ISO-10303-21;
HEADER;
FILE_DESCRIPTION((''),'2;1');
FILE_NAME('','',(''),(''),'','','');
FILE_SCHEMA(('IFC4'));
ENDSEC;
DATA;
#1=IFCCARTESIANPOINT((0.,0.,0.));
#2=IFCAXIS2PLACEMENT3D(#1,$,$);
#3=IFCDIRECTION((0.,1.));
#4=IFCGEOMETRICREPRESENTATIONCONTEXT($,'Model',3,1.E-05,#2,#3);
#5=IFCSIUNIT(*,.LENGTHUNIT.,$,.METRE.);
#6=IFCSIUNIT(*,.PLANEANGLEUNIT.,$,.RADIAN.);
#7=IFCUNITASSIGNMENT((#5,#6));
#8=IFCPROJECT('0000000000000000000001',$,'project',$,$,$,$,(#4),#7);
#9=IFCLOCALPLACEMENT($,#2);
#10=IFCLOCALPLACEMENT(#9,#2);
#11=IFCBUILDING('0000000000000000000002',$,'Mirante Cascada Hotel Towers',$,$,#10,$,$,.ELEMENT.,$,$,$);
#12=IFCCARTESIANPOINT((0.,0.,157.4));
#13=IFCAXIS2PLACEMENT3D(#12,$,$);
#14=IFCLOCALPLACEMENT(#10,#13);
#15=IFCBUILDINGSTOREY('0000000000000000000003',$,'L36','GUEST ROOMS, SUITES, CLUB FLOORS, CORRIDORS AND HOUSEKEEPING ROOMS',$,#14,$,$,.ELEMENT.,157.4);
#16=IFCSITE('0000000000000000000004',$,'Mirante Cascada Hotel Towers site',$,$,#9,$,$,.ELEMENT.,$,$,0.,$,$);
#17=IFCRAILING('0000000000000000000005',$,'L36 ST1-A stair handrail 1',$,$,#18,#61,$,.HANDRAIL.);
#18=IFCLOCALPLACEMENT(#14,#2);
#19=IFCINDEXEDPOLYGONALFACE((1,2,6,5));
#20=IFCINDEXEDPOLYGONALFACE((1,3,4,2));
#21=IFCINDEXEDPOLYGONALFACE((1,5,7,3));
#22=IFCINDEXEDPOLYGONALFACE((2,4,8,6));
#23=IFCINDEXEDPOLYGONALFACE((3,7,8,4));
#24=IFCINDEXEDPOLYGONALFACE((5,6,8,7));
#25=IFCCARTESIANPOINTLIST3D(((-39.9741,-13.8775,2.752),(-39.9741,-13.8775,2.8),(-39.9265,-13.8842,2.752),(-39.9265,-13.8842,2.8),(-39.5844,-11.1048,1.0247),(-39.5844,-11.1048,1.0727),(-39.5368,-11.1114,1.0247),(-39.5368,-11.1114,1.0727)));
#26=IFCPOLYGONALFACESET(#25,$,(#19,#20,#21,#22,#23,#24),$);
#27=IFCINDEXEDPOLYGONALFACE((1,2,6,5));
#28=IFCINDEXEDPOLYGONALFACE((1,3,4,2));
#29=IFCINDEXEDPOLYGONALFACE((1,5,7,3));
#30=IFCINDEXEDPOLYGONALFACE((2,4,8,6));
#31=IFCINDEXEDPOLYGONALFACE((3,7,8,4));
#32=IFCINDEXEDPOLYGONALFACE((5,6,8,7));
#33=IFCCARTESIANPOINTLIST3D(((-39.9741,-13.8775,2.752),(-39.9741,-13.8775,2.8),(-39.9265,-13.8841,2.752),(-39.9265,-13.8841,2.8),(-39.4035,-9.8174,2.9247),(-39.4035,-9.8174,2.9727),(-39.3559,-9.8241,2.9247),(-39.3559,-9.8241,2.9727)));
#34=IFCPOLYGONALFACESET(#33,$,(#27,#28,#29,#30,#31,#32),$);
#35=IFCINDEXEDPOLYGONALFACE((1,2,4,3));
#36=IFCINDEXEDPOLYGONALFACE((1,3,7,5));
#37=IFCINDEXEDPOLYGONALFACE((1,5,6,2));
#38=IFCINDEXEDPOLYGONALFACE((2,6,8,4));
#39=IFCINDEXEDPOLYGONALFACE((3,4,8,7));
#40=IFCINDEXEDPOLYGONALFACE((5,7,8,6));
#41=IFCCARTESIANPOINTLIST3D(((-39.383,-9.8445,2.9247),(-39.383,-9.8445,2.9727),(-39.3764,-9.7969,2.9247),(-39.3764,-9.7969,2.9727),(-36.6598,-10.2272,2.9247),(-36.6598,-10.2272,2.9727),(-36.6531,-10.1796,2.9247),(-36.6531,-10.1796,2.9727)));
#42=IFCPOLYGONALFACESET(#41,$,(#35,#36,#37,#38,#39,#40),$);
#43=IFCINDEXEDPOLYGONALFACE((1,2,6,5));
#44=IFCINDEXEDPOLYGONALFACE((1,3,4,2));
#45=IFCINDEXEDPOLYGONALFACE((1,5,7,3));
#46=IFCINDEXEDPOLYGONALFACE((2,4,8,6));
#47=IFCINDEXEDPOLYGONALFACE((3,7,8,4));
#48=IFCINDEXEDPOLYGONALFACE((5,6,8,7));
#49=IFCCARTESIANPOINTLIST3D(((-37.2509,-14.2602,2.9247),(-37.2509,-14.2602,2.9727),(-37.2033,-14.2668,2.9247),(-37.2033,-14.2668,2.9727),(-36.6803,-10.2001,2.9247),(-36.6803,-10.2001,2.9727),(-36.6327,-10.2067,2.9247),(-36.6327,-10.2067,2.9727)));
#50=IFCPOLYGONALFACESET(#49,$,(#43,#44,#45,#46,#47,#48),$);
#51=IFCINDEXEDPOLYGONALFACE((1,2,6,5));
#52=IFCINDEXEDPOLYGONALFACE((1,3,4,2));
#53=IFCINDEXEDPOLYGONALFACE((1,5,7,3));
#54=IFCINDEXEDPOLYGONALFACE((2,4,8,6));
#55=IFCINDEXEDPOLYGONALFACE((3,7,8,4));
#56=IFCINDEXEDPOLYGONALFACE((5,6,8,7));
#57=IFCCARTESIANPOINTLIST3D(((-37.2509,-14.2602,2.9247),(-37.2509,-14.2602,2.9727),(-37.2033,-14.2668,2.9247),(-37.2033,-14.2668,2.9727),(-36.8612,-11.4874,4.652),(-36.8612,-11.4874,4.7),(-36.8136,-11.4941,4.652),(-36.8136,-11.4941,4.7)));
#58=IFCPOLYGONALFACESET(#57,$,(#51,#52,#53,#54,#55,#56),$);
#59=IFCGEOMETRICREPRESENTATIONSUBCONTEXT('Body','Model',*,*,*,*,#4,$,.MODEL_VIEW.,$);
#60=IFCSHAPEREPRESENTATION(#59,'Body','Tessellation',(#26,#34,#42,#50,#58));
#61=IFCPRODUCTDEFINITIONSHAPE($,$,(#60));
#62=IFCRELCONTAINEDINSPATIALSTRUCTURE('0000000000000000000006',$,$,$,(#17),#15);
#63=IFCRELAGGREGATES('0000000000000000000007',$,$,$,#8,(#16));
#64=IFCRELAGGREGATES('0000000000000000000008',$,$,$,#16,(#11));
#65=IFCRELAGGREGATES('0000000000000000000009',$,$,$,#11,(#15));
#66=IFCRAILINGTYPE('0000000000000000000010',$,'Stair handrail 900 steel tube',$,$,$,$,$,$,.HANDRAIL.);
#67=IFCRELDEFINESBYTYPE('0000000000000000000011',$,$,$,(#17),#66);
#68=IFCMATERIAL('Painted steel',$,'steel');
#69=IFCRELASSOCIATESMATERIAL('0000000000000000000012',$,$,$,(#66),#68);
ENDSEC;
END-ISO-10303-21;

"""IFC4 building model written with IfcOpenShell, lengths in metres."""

from ifc_helpers import new_model, si_unit, direction, frame, origin, origin_2d, place, context, subcontext, project, spatial, rectangle, extrude, material, type_object, element, save


model = new_model("IFC4")

# Units and contexts
model_context = context("Model", 3, precision=1e-05, world=origin(), true_north=direction((0.0, 1.0)))
body_context = subcontext(model_context, "Body", "Model", "MODEL_VIEW")
ifc_project = project(units=[si_unit("LENGTHUNIT", "METRE"), si_unit("PLANEANGLEUNIT", "RADIAN")], contexts=[model_context])

# Site, building, storey
site_placement = place(None, origin())
site = spatial("IfcSite", under=ifc_project, at=site_placement, Name="Mirante Cascada Hotel Towers site", CompositionType="ELEMENT", RefElevation=0.0)
building_placement = place(site_placement, origin())
building = spatial("IfcBuilding", under=site, at=building_placement, Name="Mirante Cascada Hotel Towers", CompositionType="ELEMENT")
storey_placement = place(building_placement, frame((0.0, 0.0, 157.4)))
storey = spatial("IfcBuildingStorey", under=building, at=storey_placement, Name="L36", Description="GUEST ROOMS, SUITES, CLUB FLOORS, CORRIDORS AND HOUSEKEEPING ROOMS", CompositionType="ELEMENT", Elevation=157.4)

# Railing
ifc_material_1 = material(Name="Painted steel", Category="steel")
railing_type_1 = type_object("IfcRailingType", Name="Stair handrail 900 steel tube", PredefinedType="HANDRAIL", material=ifc_material_1)
railing_1_placement = place(storey_placement, frame((-39.5606, -11.1081, 0.1727)))
element("IfcRailing", 1, at=railing_1_placement, inside=storey, type_object=railing_type_1, Name="L36 ST1-A stair handrail 1", PredefinedType="HANDRAIL", context=body_context, shape_type="SweptSolid", body=[
    extrude(rectangle(XDim=0.048, YDim=0.048, at=origin_2d()), frame((0.0, 0.0, 0.876), z_axis=(-0.139181, -0.990267, 0.0), x_axis=(0.990267, -0.139181, 0.0)), (0.0, 0.525035, 0.851081), 3.2899),
    extrude(rectangle(XDim=0.048, YDim=0.048, at=origin_2d()), frame((-0.3897, -2.7727, 2.6033), z_axis=(0.139171, 0.990268, 0.0), x_axis=(-0.990268, 0.139171, 0.0)), (0.0, 0.042085, 0.999114), 4.1036),
    extrude(rectangle(XDim=0.048, YDim=0.048, at=origin_2d()), frame((0.1809, 1.2874, 2.776), z_axis=(0.990269, -0.139166, 0.0), x_axis=(0.139166, 0.990269, 0.0)), (0.0, 0.0, 1.0), 2.75),
    extrude(rectangle(XDim=0.048, YDim=0.048, at=origin_2d()), frame((2.9041, 0.9047, 2.776), z_axis=(-0.139171, -0.990268, 0.0), x_axis=(0.990268, -0.139171, 0.0)), (0.0, 0.0, 1.0), 4.1),
    extrude(rectangle(XDim=0.048, YDim=0.048, at=origin_2d()), frame((2.3335, -3.1554, 2.776), z_axis=(0.139181, 0.990267, 0.0), x_axis=(-0.990267, 0.139181, 0.0)), (0.0, 0.525035, 0.851081), 3.2899),
])

save(model, "model.ifc")
